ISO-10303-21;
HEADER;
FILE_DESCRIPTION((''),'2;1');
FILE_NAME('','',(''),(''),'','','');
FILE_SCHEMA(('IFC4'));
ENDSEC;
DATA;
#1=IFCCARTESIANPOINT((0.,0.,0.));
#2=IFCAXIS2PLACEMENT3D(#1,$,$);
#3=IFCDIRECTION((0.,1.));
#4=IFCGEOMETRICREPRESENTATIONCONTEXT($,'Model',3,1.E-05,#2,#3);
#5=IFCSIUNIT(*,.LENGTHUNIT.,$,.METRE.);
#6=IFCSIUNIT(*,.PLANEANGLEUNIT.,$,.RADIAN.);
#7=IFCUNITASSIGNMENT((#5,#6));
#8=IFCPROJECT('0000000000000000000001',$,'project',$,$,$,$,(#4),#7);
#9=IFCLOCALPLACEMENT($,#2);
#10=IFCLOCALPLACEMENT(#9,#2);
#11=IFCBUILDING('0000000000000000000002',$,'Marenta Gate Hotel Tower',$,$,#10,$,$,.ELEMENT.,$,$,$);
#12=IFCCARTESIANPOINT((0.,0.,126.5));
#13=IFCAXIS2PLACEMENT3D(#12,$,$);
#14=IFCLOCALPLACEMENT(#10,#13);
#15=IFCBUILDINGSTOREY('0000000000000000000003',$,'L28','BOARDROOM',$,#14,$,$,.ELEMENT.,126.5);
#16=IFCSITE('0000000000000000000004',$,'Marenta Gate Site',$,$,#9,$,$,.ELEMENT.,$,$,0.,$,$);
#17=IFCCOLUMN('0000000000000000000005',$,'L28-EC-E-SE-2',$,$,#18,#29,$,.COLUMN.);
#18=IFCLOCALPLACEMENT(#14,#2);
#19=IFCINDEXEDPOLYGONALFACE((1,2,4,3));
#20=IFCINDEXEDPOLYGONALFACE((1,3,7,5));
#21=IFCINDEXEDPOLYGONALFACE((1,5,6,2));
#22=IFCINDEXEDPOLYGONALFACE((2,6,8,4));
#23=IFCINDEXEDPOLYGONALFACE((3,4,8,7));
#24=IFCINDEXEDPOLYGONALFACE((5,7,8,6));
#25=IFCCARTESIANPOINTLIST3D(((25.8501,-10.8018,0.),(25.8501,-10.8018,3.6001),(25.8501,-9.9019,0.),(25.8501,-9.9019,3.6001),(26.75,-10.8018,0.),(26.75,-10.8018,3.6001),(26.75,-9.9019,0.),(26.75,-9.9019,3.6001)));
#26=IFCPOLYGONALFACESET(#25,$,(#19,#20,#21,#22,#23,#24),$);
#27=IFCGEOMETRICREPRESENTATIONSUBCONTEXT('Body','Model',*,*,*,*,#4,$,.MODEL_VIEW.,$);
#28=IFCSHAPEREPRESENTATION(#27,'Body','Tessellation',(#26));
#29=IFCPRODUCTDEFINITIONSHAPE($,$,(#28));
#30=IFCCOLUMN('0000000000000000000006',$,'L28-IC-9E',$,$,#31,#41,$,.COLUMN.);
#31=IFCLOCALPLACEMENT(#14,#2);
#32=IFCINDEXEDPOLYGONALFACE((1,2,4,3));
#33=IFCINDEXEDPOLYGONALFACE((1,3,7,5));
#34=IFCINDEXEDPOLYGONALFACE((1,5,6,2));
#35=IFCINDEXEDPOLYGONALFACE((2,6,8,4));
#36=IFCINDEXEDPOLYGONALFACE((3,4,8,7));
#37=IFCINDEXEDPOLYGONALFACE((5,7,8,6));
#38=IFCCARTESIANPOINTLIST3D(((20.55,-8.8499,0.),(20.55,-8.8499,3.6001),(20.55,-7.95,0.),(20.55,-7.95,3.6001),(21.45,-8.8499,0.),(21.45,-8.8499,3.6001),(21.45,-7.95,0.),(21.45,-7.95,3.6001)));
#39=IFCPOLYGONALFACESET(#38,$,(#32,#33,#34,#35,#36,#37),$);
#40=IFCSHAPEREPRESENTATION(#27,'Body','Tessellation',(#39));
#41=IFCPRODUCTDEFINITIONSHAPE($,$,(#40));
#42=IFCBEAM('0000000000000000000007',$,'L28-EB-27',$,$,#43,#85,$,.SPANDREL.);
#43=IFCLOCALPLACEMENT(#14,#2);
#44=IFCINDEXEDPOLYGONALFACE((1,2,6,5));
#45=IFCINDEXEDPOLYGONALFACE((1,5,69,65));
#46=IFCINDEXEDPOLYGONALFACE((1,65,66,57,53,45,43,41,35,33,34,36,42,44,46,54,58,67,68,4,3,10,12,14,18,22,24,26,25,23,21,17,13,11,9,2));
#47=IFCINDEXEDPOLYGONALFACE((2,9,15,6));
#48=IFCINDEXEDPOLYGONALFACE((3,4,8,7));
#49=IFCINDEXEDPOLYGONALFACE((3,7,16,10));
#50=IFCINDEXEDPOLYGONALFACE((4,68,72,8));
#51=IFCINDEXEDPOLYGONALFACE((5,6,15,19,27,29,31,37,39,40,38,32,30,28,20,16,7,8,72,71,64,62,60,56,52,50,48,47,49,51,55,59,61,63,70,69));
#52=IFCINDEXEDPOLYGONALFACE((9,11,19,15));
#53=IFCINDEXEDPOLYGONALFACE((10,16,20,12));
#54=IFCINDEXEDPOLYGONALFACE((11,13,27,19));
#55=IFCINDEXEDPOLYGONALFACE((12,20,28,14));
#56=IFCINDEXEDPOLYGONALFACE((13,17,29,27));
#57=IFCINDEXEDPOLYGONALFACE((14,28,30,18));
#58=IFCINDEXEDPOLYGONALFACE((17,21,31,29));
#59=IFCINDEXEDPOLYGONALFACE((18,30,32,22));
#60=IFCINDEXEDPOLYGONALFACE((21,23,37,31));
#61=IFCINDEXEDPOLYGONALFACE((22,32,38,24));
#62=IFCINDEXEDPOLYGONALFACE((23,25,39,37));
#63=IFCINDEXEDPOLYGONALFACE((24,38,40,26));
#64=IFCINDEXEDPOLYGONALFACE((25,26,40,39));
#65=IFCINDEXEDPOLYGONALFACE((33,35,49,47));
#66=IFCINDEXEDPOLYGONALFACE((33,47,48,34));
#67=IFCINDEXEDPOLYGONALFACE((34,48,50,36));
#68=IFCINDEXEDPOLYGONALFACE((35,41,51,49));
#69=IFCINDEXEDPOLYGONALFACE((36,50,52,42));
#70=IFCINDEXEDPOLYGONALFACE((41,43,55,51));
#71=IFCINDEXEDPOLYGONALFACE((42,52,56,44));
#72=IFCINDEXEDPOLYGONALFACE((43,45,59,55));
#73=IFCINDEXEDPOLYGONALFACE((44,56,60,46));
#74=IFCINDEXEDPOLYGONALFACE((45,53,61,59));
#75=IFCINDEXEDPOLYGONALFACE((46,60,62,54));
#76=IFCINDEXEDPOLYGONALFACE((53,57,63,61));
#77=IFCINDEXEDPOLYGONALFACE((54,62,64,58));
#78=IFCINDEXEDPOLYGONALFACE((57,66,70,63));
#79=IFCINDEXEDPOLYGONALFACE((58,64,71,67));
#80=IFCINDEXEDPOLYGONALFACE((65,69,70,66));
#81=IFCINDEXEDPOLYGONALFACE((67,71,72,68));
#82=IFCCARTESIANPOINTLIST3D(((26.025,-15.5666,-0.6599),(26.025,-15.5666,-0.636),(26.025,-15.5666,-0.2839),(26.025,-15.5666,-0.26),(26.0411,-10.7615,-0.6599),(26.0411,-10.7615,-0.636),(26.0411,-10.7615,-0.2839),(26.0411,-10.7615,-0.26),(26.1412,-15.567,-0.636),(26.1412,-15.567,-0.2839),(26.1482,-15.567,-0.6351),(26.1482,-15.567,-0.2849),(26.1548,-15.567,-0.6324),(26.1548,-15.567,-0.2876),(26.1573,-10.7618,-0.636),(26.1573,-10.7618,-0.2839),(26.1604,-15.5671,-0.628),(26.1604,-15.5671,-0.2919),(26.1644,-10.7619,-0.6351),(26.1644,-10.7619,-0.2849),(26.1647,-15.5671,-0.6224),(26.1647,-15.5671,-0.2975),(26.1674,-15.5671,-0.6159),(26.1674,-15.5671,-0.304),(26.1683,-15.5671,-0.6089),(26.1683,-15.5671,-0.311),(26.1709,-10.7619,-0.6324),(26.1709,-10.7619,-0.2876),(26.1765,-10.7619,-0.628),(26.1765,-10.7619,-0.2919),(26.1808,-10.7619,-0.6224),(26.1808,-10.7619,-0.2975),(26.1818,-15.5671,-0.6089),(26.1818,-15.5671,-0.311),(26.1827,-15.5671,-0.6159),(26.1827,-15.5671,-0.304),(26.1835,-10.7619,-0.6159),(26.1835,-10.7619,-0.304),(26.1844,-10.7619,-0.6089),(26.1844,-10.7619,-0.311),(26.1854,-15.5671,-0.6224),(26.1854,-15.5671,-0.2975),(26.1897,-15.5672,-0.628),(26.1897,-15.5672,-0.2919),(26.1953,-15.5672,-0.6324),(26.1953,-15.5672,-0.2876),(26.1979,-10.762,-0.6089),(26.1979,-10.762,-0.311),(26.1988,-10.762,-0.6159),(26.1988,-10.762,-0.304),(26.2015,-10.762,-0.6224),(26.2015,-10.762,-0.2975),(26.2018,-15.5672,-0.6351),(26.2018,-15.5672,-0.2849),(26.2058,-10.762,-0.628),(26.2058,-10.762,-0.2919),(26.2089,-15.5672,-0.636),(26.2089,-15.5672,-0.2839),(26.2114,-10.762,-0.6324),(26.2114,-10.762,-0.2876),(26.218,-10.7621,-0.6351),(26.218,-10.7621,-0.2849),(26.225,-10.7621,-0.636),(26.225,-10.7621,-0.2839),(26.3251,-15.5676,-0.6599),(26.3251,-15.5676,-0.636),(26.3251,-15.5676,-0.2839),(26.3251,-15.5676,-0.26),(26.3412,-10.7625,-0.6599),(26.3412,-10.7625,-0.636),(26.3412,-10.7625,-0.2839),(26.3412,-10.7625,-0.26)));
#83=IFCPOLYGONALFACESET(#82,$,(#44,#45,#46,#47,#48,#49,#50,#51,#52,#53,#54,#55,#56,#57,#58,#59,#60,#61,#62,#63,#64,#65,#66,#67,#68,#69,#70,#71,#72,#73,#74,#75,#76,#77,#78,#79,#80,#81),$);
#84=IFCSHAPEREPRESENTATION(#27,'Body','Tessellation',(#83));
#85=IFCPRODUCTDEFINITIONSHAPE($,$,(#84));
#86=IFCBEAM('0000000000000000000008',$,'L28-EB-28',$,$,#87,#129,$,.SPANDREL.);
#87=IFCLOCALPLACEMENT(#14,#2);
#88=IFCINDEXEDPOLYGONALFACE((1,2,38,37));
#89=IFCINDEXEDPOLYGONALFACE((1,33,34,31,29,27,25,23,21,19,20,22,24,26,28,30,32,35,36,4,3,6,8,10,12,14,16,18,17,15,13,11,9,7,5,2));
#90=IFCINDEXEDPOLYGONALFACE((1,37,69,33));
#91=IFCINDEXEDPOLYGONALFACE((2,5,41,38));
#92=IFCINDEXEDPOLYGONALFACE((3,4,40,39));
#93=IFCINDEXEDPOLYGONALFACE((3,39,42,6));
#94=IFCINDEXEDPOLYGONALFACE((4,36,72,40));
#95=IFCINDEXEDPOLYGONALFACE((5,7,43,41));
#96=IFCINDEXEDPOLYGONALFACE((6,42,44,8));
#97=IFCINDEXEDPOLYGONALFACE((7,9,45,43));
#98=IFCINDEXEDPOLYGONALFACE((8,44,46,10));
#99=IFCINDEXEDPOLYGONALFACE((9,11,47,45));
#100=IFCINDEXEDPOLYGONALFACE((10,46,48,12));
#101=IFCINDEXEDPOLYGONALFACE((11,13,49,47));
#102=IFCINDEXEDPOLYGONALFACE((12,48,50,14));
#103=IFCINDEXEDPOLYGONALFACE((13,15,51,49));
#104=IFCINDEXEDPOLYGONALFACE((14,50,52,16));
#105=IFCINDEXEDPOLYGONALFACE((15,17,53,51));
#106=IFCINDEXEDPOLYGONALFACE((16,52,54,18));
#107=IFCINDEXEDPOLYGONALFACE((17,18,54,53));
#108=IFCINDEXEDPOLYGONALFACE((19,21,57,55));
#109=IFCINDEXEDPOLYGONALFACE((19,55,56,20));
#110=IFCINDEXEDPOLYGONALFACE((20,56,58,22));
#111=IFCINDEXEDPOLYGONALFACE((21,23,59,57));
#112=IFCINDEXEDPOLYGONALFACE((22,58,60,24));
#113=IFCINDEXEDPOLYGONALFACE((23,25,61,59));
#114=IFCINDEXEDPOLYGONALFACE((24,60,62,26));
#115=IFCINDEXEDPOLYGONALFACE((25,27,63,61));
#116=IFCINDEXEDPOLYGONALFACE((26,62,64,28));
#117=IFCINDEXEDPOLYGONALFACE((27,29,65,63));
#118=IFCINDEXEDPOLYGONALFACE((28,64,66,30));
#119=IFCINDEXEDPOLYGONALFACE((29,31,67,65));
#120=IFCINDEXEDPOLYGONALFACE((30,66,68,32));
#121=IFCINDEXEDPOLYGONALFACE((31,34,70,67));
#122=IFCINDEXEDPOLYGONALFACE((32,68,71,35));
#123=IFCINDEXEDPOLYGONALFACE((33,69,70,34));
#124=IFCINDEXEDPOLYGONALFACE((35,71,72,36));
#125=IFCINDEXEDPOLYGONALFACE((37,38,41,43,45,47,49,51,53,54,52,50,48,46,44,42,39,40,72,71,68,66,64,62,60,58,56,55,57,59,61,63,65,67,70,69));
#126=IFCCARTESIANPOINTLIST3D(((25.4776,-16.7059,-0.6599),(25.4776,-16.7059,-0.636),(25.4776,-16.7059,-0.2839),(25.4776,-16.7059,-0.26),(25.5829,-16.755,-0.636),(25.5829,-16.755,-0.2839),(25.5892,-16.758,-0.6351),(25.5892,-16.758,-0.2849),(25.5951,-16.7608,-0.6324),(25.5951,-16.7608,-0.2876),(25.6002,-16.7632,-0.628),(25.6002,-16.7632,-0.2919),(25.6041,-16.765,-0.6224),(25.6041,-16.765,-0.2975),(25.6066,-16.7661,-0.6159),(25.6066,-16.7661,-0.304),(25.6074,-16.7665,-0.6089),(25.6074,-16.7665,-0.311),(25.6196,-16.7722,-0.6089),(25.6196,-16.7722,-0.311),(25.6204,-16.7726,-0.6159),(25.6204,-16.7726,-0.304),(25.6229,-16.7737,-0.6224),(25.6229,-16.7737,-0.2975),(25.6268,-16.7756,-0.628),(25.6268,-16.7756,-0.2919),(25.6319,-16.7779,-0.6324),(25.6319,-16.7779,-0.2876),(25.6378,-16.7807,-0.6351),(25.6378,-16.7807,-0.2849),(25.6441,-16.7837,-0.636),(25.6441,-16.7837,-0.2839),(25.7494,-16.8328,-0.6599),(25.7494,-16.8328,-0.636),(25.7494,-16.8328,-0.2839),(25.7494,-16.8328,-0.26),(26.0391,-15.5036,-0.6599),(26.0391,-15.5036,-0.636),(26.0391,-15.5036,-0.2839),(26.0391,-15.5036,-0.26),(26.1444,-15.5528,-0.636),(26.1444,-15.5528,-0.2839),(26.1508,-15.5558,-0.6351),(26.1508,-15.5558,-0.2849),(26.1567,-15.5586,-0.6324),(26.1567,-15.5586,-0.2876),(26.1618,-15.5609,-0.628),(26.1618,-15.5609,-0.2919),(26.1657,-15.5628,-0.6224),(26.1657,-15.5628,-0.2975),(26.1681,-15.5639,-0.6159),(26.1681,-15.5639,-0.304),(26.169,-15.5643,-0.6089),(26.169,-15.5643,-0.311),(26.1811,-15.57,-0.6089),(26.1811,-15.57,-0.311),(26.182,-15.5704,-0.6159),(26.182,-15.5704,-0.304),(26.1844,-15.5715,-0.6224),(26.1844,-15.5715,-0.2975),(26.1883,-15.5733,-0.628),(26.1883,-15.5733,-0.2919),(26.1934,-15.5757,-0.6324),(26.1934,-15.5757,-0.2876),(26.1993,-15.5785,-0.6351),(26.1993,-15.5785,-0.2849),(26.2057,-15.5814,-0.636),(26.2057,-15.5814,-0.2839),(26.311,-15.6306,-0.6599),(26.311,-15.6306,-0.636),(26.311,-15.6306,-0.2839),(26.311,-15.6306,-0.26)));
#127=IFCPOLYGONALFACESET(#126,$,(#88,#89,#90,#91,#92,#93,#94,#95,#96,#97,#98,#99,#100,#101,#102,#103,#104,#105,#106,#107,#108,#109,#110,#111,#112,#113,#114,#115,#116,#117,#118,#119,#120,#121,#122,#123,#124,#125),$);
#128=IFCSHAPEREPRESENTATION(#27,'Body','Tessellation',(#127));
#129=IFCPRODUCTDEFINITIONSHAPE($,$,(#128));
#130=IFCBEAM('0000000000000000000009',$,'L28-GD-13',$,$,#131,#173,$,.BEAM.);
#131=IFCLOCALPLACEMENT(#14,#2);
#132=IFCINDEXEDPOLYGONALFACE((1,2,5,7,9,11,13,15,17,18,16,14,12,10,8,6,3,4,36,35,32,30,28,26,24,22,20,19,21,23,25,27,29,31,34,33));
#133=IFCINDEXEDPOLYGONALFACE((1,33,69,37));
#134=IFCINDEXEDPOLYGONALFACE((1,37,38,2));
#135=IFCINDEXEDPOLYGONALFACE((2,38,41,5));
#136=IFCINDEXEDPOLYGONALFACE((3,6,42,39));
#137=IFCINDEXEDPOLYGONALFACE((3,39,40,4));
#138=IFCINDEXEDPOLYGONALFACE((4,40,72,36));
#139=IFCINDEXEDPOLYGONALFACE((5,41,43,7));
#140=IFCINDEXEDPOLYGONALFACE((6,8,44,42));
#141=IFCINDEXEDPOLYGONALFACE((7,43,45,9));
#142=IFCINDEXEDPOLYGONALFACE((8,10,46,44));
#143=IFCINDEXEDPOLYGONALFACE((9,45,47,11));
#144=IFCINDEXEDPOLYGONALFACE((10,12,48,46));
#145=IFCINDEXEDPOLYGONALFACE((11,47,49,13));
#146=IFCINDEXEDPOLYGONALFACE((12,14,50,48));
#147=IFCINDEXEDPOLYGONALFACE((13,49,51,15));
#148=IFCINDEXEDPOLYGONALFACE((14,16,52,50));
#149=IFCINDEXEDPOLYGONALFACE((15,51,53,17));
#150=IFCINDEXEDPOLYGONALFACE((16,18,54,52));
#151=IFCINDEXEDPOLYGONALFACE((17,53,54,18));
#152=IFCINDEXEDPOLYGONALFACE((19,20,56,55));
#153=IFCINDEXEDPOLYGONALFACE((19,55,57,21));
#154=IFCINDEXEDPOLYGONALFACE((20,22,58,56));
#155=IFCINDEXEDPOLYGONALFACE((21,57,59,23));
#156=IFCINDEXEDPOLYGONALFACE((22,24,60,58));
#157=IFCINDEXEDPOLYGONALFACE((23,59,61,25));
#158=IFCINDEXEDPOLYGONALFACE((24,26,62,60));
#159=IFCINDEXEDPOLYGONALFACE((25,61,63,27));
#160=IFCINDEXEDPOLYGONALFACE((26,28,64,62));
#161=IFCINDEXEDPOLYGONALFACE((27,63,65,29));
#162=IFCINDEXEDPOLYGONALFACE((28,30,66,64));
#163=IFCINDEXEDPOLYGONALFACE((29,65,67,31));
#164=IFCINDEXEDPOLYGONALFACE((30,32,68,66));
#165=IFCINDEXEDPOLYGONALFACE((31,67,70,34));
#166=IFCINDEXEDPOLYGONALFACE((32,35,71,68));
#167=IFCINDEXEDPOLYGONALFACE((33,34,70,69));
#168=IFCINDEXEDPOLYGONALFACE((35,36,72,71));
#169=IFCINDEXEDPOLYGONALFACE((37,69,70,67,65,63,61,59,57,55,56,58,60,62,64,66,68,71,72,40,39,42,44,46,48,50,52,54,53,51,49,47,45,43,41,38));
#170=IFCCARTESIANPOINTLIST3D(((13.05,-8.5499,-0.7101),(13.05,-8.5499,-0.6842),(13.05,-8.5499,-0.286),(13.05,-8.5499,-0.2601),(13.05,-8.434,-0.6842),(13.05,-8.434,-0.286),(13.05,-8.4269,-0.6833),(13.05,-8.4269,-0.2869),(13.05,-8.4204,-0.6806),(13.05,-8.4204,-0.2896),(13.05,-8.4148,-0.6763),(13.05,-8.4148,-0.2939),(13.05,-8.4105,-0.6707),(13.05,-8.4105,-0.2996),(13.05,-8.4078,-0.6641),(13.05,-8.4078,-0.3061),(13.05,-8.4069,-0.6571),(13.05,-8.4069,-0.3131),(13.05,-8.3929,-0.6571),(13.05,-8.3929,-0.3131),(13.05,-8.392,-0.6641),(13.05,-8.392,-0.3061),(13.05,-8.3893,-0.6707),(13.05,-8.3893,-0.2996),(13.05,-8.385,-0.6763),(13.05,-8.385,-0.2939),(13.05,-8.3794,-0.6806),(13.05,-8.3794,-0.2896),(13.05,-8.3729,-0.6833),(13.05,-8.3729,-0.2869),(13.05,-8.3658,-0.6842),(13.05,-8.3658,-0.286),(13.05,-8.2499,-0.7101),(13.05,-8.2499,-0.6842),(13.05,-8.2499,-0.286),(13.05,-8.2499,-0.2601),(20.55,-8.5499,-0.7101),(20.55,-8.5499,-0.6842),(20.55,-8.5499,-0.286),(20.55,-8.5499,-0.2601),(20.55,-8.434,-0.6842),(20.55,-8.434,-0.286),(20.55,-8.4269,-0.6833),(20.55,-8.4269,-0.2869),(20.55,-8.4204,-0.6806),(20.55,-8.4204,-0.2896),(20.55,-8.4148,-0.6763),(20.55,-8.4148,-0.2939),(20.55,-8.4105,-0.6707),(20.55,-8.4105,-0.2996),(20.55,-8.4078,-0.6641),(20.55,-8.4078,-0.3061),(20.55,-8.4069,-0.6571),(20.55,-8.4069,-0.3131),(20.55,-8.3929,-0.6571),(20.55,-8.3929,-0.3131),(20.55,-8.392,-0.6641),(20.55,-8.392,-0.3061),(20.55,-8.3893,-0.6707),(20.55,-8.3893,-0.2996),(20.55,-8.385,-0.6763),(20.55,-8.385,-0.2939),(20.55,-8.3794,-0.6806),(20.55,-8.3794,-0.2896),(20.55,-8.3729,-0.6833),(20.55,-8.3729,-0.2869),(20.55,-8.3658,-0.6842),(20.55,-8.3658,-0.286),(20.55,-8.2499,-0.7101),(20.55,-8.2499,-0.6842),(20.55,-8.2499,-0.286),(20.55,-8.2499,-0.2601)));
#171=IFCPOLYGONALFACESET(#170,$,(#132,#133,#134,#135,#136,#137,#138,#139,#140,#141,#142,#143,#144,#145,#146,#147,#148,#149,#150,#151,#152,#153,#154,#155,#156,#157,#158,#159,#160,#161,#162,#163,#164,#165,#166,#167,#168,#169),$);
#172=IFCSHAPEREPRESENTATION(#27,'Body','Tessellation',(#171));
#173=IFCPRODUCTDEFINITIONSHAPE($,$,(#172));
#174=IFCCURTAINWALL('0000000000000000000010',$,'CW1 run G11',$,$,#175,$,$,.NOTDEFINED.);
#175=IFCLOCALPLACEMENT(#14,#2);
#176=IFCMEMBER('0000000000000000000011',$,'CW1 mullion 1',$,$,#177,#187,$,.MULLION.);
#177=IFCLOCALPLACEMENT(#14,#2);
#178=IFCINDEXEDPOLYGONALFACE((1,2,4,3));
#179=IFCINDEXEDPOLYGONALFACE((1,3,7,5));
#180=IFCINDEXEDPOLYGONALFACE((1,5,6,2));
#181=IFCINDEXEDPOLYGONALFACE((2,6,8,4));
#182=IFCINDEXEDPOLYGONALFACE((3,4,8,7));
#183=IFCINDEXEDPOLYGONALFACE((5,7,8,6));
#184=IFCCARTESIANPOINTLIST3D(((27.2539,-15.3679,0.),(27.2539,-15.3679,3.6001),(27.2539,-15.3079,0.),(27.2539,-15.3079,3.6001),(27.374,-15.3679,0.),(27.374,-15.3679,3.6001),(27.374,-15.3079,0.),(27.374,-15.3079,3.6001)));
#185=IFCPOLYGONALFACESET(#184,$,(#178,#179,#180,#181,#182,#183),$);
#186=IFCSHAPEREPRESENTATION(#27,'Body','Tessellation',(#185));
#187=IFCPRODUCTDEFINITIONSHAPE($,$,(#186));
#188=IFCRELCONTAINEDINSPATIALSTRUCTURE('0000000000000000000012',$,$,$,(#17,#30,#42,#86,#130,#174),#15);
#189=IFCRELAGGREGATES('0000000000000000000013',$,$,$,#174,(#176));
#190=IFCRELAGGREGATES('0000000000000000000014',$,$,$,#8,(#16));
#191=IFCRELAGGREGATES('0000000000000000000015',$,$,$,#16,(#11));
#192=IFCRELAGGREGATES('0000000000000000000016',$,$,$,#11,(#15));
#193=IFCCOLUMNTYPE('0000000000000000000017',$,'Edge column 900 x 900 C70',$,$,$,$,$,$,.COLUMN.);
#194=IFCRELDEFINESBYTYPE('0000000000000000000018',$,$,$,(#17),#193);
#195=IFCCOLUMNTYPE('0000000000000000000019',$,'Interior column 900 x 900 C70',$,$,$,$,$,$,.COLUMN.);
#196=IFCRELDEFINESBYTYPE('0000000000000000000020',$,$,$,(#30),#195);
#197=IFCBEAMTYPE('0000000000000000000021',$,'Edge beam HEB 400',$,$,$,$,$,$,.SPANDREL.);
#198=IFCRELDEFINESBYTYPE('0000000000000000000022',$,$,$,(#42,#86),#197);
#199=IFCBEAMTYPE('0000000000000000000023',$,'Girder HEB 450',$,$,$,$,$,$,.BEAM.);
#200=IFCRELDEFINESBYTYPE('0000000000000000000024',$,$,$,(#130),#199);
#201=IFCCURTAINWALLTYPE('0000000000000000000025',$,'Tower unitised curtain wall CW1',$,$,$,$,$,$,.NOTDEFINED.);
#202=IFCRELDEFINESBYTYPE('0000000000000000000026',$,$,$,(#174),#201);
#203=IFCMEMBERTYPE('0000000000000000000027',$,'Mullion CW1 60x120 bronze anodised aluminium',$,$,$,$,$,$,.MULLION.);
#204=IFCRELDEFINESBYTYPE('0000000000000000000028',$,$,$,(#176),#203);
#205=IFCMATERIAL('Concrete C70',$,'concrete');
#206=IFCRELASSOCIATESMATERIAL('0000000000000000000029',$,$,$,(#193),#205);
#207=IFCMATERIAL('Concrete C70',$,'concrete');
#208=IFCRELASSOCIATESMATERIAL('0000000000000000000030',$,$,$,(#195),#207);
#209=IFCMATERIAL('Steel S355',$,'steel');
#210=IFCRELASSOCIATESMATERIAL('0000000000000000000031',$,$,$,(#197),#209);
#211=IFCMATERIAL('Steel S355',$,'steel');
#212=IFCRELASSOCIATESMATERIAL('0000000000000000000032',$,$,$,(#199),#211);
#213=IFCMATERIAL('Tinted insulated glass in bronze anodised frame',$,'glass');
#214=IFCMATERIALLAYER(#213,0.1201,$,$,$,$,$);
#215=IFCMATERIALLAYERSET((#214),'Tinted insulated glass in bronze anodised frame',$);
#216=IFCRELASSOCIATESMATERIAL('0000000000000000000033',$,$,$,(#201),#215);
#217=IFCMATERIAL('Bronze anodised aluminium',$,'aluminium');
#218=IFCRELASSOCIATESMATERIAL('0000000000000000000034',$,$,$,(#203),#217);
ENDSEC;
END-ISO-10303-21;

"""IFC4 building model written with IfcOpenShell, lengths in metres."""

from ifc_helpers import new_model, si_unit, direction, frame, origin, origin_2d, place, context, subcontext, project, spatial, rectangle, i_section, extrude, material, layer, layer_set, material_profile, profile_set, type_object, element, aggregate, save


model = new_model("IFC4")

# Units and contexts
model_context = context("Model", 3, precision=1e-05, world=origin(), true_north=direction((0.0, 1.0)))
body_context = subcontext(model_context, "Body", "Model", "MODEL_VIEW")
ifc_project = project(units=[si_unit("LENGTHUNIT", "METRE"), si_unit("PLANEANGLEUNIT", "RADIAN")], contexts=[model_context])

# Site, building, storey
site_placement = place(None, origin())
site = spatial("IfcSite", under=ifc_project, at=site_placement, Name="Marenta Gate Site", CompositionType="ELEMENT", RefElevation=0.0)
building_placement = place(site_placement, origin())
building = spatial("IfcBuilding", under=site, at=building_placement, Name="Marenta Gate Hotel Tower", CompositionType="ELEMENT")
storey_placement = place(building_placement, frame((0.0, 0.0, 126.5)))
storey = spatial("IfcBuildingStorey", under=building, at=storey_placement, Name="L28", Description="BOARDROOM", CompositionType="ELEMENT", Elevation=126.5)

# Columns
ifc_material_1 = material(Name="Concrete C70", Category="concrete")
ifc_material_profile_1 = material_profile(ifc_material_1, rectangle(XDim=0.8999, YDim=0.8999, at=origin_2d()), Name="900 x 900")
ifc_profile_set_1 = profile_set([ifc_material_profile_1], Name="Concrete C70")
column_type_1 = type_object("IfcColumnType", Name="Edge column 900 x 900 C70", PredefinedType="COLUMN", material=ifc_profile_set_1)
column_1_placement = place(storey_placement, frame((26.3, -10.3518, 0.0), z_axis=(0.0, 0.0, 1.0), x_axis=(1.0, 0.0, 0.0)))
element("IfcColumn", 1, at=column_1_placement, inside=storey, type_object=column_type_1, Name="L28-EC-E-SE-2", PredefinedType="COLUMN", context=body_context, shape_type="SweptSolid", body=[
    extrude(rectangle(XDim=0.8999, YDim=0.8999, at=origin_2d()), origin(), (0.0, 0.0, 1.0), 3.6001),
])
ifc_material_2 = material(Name="Concrete C70", Category="concrete")
ifc_material_profile_2 = material_profile(ifc_material_2, rectangle(XDim=0.8999, YDim=0.8999, at=origin_2d()), Name="900 x 900")
ifc_profile_set_2 = profile_set([ifc_material_profile_2], Name="Concrete C70")
column_type_2 = type_object("IfcColumnType", Name="Interior column 900 x 900 C70", PredefinedType="COLUMN", material=ifc_profile_set_2)
column_2_placement = place(storey_placement, frame((21.0, -8.3999, 0.0), z_axis=(0.0, 0.0, 1.0), x_axis=(1.0, 0.0, 0.0)))
element("IfcColumn", 2, at=column_2_placement, inside=storey, type_object=column_type_2, Name="L28-IC-9E", PredefinedType="COLUMN", context=body_context, shape_type="SweptSolid", body=[
    extrude(rectangle(XDim=0.8999, YDim=0.8999, at=origin_2d()), origin(), (0.0, 0.0, 1.0), 3.6001),
])

# Beams
ifc_material_3 = material(Name="Steel S355", Category="steel")
ifc_material_profile_3 = material_profile(ifc_material_3, i_section(OverallWidth=0.3, OverallDepth=0.3999, WebThickness=0.0134, FlangeThickness=0.0239, FilletRadius=0.0271, at=origin_2d()), Name="HEB 400")
ifc_profile_set_3 = profile_set([ifc_material_profile_3], Name="Steel S355")
beam_type_1 = type_object("IfcBeamType", Name="Edge beam HEB 400", PredefinedType="SPANDREL", material=ifc_profile_set_3)
beam_1_placement = place(storey_placement, frame((26.1912, -10.762, -0.46), z_axis=(-0.003353, -0.999994, 0.0), x_axis=(0.999994, -0.003353, 0.0)))
element("IfcBeam", 3, at=beam_1_placement, inside=storey, type_object=beam_type_1, Name="L28-EB-27", PredefinedType="SPANDREL", context=body_context, shape_type="SweptSolid", body=[
    extrude(i_section(OverallWidth=0.3, OverallDepth=0.3999, WebThickness=0.0134, FlangeThickness=0.0239, FilletRadius=0.0271, at=origin_2d()), origin(), (0.0, 0.0, 1.0), 4.8052),
])
beam_2_placement = place(storey_placement, frame((26.175, -15.5671, -0.46), z_axis=(-0.423208, -0.906033, 0.0), x_axis=(0.906033, -0.423208, 0.0)))
element("IfcBeam", 4, at=beam_2_placement, inside=storey, type_object=beam_type_1, Name="L28-EB-28", PredefinedType="SPANDREL", context=body_context, shape_type="SweptSolid", body=[
    extrude(i_section(OverallWidth=0.3, OverallDepth=0.3999, WebThickness=0.0134, FlangeThickness=0.0239, FilletRadius=0.0271, at=origin_2d()), origin(), (0.0, 0.0, 1.0), 1.3269),
])
ifc_material_4 = material(Name="Steel S355", Category="steel")
ifc_material_profile_4 = material_profile(ifc_material_4, i_section(OverallWidth=0.3, OverallDepth=0.45, WebThickness=0.0139, FlangeThickness=0.0259, FilletRadius=0.0271, at=origin_2d()), Name="HEB 450")
ifc_profile_set_4 = profile_set([ifc_material_profile_4], Name="Steel S355")
beam_type_2 = type_object("IfcBeamType", Name="Girder HEB 450", PredefinedType="BEAM", material=ifc_profile_set_4)
beam_3_placement = place(storey_placement, frame((13.05, -8.3999, -0.4851), z_axis=(1.0, 0.0, 0.0), x_axis=(0.0, 1.0, 0.0)))
element("IfcBeam", 5, at=beam_3_placement, inside=storey, type_object=beam_type_2, Name="L28-GD-13", PredefinedType="BEAM", context=body_context, shape_type="SweptSolid", body=[
    extrude(i_section(OverallWidth=0.3, OverallDepth=0.45, WebThickness=0.0139, FlangeThickness=0.0259, FilletRadius=0.0271, at=origin_2d()), origin(), (0.0, 0.0, 1.0), 7.5),
])

# Curtain wall, member
ifc_material_5 = material(Name="Tinted insulated glass in bronze anodised frame", Category="glass")
ifc_layer_1 = layer(ifc_material_5, 0.1201)
ifc_layer_set_1 = layer_set([ifc_layer_1], Name="Tinted insulated glass in bronze anodised frame")
curtain_wall_type = type_object("IfcCurtainWallType", Name="Tower unitised curtain wall CW1", PredefinedType="NOTDEFINED", material=ifc_layer_set_1)
curtain_wall_placement = place(storey_placement, origin())
curtain_wall = element("IfcCurtainWall", 6, at=curtain_wall_placement, inside=storey, type_object=curtain_wall_type, Name="CW1 run G11", PredefinedType="NOTDEFINED")
ifc_material_6 = material(Name="Bronze anodised aluminium", Category="aluminium")
ifc_material_profile_5 = material_profile(ifc_material_6, rectangle(XDim=0.1201, YDim=0.0601, at=origin_2d()), Name="Mullion CW1 60x120 bronze anodised aluminium")
ifc_profile_set_5 = profile_set([ifc_material_profile_5], Name="Bronze anodised aluminium")
member_type_1 = type_object("IfcMemberType", Name="Mullion CW1 60x120 bronze anodised aluminium", PredefinedType="MULLION", material=ifc_profile_set_5)
member_1_placement = place(storey_placement, frame((27.314, -15.3379, 0.0), z_axis=(0.0, 0.0, 1.0), x_axis=(-1.0, 0.0, 0.0)))
member_1 = element("IfcMember", 7, at=member_1_placement, type_object=member_type_1, Name="CW1 mullion 1", PredefinedType="MULLION", context=body_context, shape_type="SweptSolid", body=[
    extrude(rectangle(XDim=0.1201, YDim=0.0601, at=origin_2d()), origin(), (0.0, 0.0, 1.0), 3.6001),
])
aggregate(curtain_wall, [member_1])

save(model, "model.ifc")
